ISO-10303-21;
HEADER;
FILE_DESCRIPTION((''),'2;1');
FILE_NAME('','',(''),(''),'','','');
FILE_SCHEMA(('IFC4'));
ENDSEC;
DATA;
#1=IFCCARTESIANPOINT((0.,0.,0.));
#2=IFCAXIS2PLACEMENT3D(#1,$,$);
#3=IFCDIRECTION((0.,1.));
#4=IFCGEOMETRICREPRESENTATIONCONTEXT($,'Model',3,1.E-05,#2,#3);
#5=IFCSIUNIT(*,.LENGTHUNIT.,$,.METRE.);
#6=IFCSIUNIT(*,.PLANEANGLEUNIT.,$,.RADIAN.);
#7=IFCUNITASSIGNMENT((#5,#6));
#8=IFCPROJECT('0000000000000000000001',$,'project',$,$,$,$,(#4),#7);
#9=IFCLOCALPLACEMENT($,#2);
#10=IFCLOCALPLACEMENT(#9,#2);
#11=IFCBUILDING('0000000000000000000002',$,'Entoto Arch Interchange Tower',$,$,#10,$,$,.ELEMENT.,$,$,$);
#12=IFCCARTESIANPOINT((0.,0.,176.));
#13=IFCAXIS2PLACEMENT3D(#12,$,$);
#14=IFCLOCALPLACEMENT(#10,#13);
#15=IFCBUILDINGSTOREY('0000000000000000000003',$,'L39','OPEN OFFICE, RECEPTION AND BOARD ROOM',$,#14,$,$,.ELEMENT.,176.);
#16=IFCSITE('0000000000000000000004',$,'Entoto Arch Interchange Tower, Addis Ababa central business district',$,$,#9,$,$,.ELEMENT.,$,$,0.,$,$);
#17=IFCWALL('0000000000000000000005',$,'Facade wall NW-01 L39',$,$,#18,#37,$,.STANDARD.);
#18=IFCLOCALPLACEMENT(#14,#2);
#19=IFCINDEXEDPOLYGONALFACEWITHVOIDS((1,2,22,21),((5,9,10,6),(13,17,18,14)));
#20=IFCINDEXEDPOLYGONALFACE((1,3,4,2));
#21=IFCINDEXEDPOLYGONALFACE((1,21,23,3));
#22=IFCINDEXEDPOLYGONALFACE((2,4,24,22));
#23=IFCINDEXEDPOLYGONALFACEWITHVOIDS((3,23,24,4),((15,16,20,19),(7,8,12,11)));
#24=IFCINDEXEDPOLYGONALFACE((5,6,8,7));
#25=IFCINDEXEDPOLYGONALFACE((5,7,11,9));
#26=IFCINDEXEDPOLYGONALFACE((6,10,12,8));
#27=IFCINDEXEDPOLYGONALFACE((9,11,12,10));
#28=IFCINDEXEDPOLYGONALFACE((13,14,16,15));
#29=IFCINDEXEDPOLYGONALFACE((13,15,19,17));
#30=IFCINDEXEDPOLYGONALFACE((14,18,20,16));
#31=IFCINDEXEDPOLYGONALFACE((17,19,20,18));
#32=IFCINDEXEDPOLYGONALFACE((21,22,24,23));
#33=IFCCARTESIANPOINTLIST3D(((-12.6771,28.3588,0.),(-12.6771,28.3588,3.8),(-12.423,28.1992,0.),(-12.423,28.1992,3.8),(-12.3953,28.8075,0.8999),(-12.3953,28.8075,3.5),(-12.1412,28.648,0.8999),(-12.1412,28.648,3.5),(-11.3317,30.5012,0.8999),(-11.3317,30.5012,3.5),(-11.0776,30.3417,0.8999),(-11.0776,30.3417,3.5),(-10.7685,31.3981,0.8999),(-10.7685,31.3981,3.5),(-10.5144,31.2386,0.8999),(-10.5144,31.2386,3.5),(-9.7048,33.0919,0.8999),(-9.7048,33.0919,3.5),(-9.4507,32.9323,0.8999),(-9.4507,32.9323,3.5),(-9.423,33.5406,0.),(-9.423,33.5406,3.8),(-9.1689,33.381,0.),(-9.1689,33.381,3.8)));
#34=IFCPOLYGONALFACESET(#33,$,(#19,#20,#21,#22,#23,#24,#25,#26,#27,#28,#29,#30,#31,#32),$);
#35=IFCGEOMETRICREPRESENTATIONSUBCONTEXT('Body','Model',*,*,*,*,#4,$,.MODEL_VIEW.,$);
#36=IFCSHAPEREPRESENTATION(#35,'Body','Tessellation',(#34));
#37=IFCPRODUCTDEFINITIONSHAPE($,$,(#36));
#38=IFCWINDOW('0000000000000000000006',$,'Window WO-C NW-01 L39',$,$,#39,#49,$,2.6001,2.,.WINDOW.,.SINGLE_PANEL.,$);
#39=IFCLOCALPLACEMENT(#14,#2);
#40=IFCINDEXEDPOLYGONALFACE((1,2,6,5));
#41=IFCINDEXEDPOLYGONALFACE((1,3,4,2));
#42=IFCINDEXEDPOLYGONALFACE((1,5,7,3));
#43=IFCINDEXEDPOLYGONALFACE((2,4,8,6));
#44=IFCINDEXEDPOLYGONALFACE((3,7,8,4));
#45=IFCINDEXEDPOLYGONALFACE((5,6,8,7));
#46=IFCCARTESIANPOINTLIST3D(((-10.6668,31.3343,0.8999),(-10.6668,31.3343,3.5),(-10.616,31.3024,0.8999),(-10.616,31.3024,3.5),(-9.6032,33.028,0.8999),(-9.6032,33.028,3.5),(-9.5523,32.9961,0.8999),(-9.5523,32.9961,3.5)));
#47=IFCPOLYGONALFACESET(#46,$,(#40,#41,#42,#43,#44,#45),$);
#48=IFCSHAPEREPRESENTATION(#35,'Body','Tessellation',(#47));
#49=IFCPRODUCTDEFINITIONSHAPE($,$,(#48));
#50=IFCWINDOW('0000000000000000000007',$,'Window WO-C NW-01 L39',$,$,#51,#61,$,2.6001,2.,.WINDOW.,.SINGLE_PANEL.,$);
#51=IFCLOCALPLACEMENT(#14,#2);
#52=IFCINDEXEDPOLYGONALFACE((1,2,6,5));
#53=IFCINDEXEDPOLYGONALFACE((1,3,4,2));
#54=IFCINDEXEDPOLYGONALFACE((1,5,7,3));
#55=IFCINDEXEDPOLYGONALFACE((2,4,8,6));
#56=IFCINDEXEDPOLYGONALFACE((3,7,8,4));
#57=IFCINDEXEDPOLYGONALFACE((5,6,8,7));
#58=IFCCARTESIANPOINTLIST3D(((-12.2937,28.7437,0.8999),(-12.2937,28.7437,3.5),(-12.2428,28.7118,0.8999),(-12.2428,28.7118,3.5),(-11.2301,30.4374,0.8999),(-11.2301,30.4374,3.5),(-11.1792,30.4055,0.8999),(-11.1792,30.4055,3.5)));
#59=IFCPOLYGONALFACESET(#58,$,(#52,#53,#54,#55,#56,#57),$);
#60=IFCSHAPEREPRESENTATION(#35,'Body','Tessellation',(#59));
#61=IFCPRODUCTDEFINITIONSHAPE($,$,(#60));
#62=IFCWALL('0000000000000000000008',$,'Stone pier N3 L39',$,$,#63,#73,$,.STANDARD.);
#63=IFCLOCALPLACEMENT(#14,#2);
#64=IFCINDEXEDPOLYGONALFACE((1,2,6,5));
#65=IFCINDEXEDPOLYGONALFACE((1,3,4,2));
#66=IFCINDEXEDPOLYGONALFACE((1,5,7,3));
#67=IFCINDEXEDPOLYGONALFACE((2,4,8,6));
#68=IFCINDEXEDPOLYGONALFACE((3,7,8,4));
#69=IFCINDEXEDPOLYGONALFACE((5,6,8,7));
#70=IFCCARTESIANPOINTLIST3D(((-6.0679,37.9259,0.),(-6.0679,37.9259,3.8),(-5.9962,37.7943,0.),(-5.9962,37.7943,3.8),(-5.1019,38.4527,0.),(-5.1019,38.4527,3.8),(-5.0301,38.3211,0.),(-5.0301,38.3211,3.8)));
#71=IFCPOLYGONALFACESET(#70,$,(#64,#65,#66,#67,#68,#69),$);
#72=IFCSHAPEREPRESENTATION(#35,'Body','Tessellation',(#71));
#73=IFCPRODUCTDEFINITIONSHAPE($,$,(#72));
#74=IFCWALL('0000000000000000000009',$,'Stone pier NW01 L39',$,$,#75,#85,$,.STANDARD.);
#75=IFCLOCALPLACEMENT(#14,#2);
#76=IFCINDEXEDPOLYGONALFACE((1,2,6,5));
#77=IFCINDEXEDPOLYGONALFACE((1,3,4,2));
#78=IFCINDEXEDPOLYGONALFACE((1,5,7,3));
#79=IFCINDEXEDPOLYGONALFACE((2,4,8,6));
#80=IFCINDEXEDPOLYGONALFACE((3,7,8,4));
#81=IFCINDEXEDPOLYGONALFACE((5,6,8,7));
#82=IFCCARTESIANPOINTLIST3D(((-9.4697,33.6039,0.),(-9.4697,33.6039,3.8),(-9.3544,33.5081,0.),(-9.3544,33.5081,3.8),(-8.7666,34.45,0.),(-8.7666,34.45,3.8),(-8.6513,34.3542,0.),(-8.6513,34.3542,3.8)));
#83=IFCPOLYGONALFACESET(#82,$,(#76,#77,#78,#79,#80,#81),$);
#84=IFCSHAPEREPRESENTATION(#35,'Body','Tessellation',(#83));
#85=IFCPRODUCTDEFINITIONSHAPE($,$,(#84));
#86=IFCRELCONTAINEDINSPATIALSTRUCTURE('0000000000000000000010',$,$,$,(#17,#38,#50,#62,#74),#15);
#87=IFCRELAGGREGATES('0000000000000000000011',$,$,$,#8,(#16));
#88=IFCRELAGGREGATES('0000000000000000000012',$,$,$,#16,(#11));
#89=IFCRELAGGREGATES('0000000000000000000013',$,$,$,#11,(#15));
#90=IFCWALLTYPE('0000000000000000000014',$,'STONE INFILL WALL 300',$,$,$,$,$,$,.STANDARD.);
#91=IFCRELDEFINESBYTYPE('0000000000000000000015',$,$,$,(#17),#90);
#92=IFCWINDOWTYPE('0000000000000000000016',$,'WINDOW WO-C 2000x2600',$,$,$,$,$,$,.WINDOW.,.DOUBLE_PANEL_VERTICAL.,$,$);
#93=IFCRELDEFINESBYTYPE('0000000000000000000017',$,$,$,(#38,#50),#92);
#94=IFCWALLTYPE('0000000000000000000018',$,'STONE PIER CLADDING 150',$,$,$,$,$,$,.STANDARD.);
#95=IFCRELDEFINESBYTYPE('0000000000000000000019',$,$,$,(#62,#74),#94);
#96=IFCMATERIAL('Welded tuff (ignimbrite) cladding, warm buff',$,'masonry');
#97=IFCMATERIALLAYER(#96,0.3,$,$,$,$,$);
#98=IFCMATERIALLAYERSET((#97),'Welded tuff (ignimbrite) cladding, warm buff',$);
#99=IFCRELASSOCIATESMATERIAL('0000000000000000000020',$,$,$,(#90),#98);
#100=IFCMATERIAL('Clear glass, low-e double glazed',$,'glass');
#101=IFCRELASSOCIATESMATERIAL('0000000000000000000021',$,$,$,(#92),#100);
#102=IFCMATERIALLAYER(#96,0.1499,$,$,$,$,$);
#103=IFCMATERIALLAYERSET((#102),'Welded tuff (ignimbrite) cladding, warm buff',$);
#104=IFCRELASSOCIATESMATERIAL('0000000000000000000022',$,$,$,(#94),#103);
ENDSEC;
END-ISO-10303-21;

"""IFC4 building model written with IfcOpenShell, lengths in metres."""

from ifc_helpers import new_model, si_unit, direction, frame, frame_2d, origin, place, context, subcontext, project, spatial, rectangle, extrude, material, layer, layer_set, type_object, element, fill, save


model = new_model("IFC4")

# Units and contexts
model_context = context("Model", 3, precision=1e-05, world=origin(), true_north=direction((0.0, 1.0)))
body_context = subcontext(model_context, "Body", "Model", "MODEL_VIEW")
ifc_project = project(units=[si_unit("LENGTHUNIT", "METRE"), si_unit("PLANEANGLEUNIT", "RADIAN")], contexts=[model_context])

# Site, building, storey
site_placement = place(None, origin())
site = spatial("IfcSite", under=ifc_project, at=site_placement, Name="Entoto Arch Interchange Tower, Addis Ababa central business district", CompositionType="ELEMENT", RefElevation=0.0)
building_placement = place(site_placement, origin())
building = spatial("IfcBuilding", under=site, at=building_placement, Name="Entoto Arch Interchange Tower", CompositionType="ELEMENT")
storey_placement = place(building_placement, frame((0.0, 0.0, 176.0)))
storey = spatial("IfcBuildingStorey", under=building, at=storey_placement, Name="L39", Description="OPEN OFFICE, RECEPTION AND BOARD ROOM", CompositionType="ELEMENT", Elevation=176.0)

# Shared definitions
ifc_material_1 = material(Name="Welded tuff (ignimbrite) cladding, warm buff", Category="masonry")
ifc_layer_1 = layer(ifc_material_1, 0.3)
ifc_layer_set_1 = layer_set([ifc_layer_1], Name="Welded tuff (ignimbrite) cladding, warm buff")
wall_type_1 = type_object("IfcWallType", Name="STONE INFILL WALL 300", PredefinedType="STANDARD", material=ifc_layer_set_1)
ifc_material_2 = material(Name="Clear glass, low-e double glazed", Category="glass")

# Wall, openings, windows
wall_1_placement = place(storey_placement, frame((-9.2959, 33.4609, 0.0), z_axis=(0.0, 0.0, 1.0), x_axis=(-0.531816, -0.84686, 0.0)))
wall_1 = element("IfcWall", 1, at=wall_1_placement, inside=storey, type_object=wall_type_1, Name="Facade wall NW-01 L39", PredefinedType="STANDARD", context=body_context, shape_type="SweptSolid", body=[
    extrude(rectangle(XDim=6.1189, YDim=0.3, at=frame_2d((3.0596, 0.0))), origin(), (0.0, 0.0, 1.0), 3.8),
])
opening_1_placement = place(wall_1_placement, frame((0.53, 0.0, 0.8999)))
opening_1 = element("IfcOpeningElement", 2, at=opening_1_placement, cuts=wall_1, PredefinedType="OPENING", context=body_context, shape_type="SweptSolid", body=[
    extrude(rectangle(XDim=2.0, YDim=2.6001, at=frame_2d((1.0, 1.3))), frame((0.0, 0.1602, 0.0), z_axis=(0.0, -1.0, 0.0), x_axis=(1.0, 0.0, 0.0)), (0.0, 0.0, 1.0), 0.3201),
])
opening_2_placement = place(wall_1_placement, frame((3.5891, 0.0, 0.8999)))
opening_2 = element("IfcOpeningElement", 3, at=opening_2_placement, cuts=wall_1, PredefinedType="OPENING", context=body_context, shape_type="SweptSolid", body=[
    extrude(rectangle(XDim=2.0, YDim=2.6001, at=frame_2d((1.0, 1.3))), frame((0.0, 0.1602, 0.0), z_axis=(0.0, -1.0, 0.0), x_axis=(1.0, 0.0, 0.0)), (0.0, 0.0, 1.0), 0.3201),
])
window_type_1 = type_object("IfcWindowType", Name="WINDOW WO-C 2000x2600", PartitioningType="DOUBLE_PANEL_VERTICAL", PredefinedType="WINDOW", material=ifc_material_2)
window_1_placement = place(opening_1_placement, origin())
window_1 = element("IfcWindow", 4, at=window_1_placement, inside=storey, type_object=window_type_1, Name="Window WO-C NW-01 L39", OverallHeight=2.6001, OverallWidth=2.0, PartitioningType="SINGLE_PANEL", PredefinedType="WINDOW", context=body_context, shape_type="SweptSolid", body=[
    extrude(rectangle(XDim=2.0, YDim=2.6001, at=frame_2d((1.0, 1.3))), frame((0.0, 0.03, 0.0), z_axis=(0.0, -1.0, 0.0), x_axis=(1.0, 0.0, 0.0)), (0.0, 0.0, 1.0), 0.0601),
])
fill(opening_1, window_1)
window_2_placement = place(opening_2_placement, origin())
window_2 = element("IfcWindow", 5, at=window_2_placement, inside=storey, type_object=window_type_1, Name="Window WO-C NW-01 L39", OverallHeight=2.6001, OverallWidth=2.0, PartitioningType="SINGLE_PANEL", PredefinedType="WINDOW", context=body_context, shape_type="SweptSolid", body=[
    extrude(rectangle(XDim=2.0, YDim=2.6001, at=frame_2d((1.0, 1.3))), frame((0.0, 0.03, 0.0), z_axis=(0.0, -1.0, 0.0), x_axis=(1.0, 0.0, 0.0)), (0.0, 0.0, 1.0), 0.0601),
])
fill(opening_2, window_2)

# Walls
ifc_layer_2 = layer(ifc_material_1, 0.1499)
ifc_layer_set_2 = layer_set([ifc_layer_2], Name="Welded tuff (ignimbrite) cladding, warm buff")
wall_type_2 = type_object("IfcWallType", Name="STONE PIER CLADDING 150", PredefinedType="STANDARD", material=ifc_layer_set_2)
wall_2_placement = place(storey_placement, frame((-5.0659, 38.387, 0.0), z_axis=(0.0, 0.0, 1.0), x_axis=(-0.877929, -0.47879, 0.0)))
element("IfcWall", 6, at=wall_2_placement, inside=storey, type_object=wall_type_2, Name="Stone pier N3 L39", PredefinedType="STANDARD", context=body_context, shape_type="SweptSolid", body=[
    extrude(rectangle(XDim=1.1003, YDim=0.1499, at=frame_2d((0.5503, 0.0))), origin(), (0.0, 0.0, 1.0), 3.8),
])
wall_3_placement = place(storey_placement, frame((-8.709, 34.4021, 0.0), z_axis=(0.0, 0.0, 1.0), x_axis=(-0.639092, -0.76913, 0.0)))
element("IfcWall", 7, at=wall_3_placement, inside=storey, type_object=wall_type_2, Name="Stone pier NW01 L39", PredefinedType="STANDARD", context=body_context, shape_type="SweptSolid", body=[
    extrude(rectangle(XDim=1.1001, YDim=0.1499, at=frame_2d((0.55, 0.0))), origin(), (0.0, 0.0, 1.0), 3.8),
])

save(model, "model.ifc")
